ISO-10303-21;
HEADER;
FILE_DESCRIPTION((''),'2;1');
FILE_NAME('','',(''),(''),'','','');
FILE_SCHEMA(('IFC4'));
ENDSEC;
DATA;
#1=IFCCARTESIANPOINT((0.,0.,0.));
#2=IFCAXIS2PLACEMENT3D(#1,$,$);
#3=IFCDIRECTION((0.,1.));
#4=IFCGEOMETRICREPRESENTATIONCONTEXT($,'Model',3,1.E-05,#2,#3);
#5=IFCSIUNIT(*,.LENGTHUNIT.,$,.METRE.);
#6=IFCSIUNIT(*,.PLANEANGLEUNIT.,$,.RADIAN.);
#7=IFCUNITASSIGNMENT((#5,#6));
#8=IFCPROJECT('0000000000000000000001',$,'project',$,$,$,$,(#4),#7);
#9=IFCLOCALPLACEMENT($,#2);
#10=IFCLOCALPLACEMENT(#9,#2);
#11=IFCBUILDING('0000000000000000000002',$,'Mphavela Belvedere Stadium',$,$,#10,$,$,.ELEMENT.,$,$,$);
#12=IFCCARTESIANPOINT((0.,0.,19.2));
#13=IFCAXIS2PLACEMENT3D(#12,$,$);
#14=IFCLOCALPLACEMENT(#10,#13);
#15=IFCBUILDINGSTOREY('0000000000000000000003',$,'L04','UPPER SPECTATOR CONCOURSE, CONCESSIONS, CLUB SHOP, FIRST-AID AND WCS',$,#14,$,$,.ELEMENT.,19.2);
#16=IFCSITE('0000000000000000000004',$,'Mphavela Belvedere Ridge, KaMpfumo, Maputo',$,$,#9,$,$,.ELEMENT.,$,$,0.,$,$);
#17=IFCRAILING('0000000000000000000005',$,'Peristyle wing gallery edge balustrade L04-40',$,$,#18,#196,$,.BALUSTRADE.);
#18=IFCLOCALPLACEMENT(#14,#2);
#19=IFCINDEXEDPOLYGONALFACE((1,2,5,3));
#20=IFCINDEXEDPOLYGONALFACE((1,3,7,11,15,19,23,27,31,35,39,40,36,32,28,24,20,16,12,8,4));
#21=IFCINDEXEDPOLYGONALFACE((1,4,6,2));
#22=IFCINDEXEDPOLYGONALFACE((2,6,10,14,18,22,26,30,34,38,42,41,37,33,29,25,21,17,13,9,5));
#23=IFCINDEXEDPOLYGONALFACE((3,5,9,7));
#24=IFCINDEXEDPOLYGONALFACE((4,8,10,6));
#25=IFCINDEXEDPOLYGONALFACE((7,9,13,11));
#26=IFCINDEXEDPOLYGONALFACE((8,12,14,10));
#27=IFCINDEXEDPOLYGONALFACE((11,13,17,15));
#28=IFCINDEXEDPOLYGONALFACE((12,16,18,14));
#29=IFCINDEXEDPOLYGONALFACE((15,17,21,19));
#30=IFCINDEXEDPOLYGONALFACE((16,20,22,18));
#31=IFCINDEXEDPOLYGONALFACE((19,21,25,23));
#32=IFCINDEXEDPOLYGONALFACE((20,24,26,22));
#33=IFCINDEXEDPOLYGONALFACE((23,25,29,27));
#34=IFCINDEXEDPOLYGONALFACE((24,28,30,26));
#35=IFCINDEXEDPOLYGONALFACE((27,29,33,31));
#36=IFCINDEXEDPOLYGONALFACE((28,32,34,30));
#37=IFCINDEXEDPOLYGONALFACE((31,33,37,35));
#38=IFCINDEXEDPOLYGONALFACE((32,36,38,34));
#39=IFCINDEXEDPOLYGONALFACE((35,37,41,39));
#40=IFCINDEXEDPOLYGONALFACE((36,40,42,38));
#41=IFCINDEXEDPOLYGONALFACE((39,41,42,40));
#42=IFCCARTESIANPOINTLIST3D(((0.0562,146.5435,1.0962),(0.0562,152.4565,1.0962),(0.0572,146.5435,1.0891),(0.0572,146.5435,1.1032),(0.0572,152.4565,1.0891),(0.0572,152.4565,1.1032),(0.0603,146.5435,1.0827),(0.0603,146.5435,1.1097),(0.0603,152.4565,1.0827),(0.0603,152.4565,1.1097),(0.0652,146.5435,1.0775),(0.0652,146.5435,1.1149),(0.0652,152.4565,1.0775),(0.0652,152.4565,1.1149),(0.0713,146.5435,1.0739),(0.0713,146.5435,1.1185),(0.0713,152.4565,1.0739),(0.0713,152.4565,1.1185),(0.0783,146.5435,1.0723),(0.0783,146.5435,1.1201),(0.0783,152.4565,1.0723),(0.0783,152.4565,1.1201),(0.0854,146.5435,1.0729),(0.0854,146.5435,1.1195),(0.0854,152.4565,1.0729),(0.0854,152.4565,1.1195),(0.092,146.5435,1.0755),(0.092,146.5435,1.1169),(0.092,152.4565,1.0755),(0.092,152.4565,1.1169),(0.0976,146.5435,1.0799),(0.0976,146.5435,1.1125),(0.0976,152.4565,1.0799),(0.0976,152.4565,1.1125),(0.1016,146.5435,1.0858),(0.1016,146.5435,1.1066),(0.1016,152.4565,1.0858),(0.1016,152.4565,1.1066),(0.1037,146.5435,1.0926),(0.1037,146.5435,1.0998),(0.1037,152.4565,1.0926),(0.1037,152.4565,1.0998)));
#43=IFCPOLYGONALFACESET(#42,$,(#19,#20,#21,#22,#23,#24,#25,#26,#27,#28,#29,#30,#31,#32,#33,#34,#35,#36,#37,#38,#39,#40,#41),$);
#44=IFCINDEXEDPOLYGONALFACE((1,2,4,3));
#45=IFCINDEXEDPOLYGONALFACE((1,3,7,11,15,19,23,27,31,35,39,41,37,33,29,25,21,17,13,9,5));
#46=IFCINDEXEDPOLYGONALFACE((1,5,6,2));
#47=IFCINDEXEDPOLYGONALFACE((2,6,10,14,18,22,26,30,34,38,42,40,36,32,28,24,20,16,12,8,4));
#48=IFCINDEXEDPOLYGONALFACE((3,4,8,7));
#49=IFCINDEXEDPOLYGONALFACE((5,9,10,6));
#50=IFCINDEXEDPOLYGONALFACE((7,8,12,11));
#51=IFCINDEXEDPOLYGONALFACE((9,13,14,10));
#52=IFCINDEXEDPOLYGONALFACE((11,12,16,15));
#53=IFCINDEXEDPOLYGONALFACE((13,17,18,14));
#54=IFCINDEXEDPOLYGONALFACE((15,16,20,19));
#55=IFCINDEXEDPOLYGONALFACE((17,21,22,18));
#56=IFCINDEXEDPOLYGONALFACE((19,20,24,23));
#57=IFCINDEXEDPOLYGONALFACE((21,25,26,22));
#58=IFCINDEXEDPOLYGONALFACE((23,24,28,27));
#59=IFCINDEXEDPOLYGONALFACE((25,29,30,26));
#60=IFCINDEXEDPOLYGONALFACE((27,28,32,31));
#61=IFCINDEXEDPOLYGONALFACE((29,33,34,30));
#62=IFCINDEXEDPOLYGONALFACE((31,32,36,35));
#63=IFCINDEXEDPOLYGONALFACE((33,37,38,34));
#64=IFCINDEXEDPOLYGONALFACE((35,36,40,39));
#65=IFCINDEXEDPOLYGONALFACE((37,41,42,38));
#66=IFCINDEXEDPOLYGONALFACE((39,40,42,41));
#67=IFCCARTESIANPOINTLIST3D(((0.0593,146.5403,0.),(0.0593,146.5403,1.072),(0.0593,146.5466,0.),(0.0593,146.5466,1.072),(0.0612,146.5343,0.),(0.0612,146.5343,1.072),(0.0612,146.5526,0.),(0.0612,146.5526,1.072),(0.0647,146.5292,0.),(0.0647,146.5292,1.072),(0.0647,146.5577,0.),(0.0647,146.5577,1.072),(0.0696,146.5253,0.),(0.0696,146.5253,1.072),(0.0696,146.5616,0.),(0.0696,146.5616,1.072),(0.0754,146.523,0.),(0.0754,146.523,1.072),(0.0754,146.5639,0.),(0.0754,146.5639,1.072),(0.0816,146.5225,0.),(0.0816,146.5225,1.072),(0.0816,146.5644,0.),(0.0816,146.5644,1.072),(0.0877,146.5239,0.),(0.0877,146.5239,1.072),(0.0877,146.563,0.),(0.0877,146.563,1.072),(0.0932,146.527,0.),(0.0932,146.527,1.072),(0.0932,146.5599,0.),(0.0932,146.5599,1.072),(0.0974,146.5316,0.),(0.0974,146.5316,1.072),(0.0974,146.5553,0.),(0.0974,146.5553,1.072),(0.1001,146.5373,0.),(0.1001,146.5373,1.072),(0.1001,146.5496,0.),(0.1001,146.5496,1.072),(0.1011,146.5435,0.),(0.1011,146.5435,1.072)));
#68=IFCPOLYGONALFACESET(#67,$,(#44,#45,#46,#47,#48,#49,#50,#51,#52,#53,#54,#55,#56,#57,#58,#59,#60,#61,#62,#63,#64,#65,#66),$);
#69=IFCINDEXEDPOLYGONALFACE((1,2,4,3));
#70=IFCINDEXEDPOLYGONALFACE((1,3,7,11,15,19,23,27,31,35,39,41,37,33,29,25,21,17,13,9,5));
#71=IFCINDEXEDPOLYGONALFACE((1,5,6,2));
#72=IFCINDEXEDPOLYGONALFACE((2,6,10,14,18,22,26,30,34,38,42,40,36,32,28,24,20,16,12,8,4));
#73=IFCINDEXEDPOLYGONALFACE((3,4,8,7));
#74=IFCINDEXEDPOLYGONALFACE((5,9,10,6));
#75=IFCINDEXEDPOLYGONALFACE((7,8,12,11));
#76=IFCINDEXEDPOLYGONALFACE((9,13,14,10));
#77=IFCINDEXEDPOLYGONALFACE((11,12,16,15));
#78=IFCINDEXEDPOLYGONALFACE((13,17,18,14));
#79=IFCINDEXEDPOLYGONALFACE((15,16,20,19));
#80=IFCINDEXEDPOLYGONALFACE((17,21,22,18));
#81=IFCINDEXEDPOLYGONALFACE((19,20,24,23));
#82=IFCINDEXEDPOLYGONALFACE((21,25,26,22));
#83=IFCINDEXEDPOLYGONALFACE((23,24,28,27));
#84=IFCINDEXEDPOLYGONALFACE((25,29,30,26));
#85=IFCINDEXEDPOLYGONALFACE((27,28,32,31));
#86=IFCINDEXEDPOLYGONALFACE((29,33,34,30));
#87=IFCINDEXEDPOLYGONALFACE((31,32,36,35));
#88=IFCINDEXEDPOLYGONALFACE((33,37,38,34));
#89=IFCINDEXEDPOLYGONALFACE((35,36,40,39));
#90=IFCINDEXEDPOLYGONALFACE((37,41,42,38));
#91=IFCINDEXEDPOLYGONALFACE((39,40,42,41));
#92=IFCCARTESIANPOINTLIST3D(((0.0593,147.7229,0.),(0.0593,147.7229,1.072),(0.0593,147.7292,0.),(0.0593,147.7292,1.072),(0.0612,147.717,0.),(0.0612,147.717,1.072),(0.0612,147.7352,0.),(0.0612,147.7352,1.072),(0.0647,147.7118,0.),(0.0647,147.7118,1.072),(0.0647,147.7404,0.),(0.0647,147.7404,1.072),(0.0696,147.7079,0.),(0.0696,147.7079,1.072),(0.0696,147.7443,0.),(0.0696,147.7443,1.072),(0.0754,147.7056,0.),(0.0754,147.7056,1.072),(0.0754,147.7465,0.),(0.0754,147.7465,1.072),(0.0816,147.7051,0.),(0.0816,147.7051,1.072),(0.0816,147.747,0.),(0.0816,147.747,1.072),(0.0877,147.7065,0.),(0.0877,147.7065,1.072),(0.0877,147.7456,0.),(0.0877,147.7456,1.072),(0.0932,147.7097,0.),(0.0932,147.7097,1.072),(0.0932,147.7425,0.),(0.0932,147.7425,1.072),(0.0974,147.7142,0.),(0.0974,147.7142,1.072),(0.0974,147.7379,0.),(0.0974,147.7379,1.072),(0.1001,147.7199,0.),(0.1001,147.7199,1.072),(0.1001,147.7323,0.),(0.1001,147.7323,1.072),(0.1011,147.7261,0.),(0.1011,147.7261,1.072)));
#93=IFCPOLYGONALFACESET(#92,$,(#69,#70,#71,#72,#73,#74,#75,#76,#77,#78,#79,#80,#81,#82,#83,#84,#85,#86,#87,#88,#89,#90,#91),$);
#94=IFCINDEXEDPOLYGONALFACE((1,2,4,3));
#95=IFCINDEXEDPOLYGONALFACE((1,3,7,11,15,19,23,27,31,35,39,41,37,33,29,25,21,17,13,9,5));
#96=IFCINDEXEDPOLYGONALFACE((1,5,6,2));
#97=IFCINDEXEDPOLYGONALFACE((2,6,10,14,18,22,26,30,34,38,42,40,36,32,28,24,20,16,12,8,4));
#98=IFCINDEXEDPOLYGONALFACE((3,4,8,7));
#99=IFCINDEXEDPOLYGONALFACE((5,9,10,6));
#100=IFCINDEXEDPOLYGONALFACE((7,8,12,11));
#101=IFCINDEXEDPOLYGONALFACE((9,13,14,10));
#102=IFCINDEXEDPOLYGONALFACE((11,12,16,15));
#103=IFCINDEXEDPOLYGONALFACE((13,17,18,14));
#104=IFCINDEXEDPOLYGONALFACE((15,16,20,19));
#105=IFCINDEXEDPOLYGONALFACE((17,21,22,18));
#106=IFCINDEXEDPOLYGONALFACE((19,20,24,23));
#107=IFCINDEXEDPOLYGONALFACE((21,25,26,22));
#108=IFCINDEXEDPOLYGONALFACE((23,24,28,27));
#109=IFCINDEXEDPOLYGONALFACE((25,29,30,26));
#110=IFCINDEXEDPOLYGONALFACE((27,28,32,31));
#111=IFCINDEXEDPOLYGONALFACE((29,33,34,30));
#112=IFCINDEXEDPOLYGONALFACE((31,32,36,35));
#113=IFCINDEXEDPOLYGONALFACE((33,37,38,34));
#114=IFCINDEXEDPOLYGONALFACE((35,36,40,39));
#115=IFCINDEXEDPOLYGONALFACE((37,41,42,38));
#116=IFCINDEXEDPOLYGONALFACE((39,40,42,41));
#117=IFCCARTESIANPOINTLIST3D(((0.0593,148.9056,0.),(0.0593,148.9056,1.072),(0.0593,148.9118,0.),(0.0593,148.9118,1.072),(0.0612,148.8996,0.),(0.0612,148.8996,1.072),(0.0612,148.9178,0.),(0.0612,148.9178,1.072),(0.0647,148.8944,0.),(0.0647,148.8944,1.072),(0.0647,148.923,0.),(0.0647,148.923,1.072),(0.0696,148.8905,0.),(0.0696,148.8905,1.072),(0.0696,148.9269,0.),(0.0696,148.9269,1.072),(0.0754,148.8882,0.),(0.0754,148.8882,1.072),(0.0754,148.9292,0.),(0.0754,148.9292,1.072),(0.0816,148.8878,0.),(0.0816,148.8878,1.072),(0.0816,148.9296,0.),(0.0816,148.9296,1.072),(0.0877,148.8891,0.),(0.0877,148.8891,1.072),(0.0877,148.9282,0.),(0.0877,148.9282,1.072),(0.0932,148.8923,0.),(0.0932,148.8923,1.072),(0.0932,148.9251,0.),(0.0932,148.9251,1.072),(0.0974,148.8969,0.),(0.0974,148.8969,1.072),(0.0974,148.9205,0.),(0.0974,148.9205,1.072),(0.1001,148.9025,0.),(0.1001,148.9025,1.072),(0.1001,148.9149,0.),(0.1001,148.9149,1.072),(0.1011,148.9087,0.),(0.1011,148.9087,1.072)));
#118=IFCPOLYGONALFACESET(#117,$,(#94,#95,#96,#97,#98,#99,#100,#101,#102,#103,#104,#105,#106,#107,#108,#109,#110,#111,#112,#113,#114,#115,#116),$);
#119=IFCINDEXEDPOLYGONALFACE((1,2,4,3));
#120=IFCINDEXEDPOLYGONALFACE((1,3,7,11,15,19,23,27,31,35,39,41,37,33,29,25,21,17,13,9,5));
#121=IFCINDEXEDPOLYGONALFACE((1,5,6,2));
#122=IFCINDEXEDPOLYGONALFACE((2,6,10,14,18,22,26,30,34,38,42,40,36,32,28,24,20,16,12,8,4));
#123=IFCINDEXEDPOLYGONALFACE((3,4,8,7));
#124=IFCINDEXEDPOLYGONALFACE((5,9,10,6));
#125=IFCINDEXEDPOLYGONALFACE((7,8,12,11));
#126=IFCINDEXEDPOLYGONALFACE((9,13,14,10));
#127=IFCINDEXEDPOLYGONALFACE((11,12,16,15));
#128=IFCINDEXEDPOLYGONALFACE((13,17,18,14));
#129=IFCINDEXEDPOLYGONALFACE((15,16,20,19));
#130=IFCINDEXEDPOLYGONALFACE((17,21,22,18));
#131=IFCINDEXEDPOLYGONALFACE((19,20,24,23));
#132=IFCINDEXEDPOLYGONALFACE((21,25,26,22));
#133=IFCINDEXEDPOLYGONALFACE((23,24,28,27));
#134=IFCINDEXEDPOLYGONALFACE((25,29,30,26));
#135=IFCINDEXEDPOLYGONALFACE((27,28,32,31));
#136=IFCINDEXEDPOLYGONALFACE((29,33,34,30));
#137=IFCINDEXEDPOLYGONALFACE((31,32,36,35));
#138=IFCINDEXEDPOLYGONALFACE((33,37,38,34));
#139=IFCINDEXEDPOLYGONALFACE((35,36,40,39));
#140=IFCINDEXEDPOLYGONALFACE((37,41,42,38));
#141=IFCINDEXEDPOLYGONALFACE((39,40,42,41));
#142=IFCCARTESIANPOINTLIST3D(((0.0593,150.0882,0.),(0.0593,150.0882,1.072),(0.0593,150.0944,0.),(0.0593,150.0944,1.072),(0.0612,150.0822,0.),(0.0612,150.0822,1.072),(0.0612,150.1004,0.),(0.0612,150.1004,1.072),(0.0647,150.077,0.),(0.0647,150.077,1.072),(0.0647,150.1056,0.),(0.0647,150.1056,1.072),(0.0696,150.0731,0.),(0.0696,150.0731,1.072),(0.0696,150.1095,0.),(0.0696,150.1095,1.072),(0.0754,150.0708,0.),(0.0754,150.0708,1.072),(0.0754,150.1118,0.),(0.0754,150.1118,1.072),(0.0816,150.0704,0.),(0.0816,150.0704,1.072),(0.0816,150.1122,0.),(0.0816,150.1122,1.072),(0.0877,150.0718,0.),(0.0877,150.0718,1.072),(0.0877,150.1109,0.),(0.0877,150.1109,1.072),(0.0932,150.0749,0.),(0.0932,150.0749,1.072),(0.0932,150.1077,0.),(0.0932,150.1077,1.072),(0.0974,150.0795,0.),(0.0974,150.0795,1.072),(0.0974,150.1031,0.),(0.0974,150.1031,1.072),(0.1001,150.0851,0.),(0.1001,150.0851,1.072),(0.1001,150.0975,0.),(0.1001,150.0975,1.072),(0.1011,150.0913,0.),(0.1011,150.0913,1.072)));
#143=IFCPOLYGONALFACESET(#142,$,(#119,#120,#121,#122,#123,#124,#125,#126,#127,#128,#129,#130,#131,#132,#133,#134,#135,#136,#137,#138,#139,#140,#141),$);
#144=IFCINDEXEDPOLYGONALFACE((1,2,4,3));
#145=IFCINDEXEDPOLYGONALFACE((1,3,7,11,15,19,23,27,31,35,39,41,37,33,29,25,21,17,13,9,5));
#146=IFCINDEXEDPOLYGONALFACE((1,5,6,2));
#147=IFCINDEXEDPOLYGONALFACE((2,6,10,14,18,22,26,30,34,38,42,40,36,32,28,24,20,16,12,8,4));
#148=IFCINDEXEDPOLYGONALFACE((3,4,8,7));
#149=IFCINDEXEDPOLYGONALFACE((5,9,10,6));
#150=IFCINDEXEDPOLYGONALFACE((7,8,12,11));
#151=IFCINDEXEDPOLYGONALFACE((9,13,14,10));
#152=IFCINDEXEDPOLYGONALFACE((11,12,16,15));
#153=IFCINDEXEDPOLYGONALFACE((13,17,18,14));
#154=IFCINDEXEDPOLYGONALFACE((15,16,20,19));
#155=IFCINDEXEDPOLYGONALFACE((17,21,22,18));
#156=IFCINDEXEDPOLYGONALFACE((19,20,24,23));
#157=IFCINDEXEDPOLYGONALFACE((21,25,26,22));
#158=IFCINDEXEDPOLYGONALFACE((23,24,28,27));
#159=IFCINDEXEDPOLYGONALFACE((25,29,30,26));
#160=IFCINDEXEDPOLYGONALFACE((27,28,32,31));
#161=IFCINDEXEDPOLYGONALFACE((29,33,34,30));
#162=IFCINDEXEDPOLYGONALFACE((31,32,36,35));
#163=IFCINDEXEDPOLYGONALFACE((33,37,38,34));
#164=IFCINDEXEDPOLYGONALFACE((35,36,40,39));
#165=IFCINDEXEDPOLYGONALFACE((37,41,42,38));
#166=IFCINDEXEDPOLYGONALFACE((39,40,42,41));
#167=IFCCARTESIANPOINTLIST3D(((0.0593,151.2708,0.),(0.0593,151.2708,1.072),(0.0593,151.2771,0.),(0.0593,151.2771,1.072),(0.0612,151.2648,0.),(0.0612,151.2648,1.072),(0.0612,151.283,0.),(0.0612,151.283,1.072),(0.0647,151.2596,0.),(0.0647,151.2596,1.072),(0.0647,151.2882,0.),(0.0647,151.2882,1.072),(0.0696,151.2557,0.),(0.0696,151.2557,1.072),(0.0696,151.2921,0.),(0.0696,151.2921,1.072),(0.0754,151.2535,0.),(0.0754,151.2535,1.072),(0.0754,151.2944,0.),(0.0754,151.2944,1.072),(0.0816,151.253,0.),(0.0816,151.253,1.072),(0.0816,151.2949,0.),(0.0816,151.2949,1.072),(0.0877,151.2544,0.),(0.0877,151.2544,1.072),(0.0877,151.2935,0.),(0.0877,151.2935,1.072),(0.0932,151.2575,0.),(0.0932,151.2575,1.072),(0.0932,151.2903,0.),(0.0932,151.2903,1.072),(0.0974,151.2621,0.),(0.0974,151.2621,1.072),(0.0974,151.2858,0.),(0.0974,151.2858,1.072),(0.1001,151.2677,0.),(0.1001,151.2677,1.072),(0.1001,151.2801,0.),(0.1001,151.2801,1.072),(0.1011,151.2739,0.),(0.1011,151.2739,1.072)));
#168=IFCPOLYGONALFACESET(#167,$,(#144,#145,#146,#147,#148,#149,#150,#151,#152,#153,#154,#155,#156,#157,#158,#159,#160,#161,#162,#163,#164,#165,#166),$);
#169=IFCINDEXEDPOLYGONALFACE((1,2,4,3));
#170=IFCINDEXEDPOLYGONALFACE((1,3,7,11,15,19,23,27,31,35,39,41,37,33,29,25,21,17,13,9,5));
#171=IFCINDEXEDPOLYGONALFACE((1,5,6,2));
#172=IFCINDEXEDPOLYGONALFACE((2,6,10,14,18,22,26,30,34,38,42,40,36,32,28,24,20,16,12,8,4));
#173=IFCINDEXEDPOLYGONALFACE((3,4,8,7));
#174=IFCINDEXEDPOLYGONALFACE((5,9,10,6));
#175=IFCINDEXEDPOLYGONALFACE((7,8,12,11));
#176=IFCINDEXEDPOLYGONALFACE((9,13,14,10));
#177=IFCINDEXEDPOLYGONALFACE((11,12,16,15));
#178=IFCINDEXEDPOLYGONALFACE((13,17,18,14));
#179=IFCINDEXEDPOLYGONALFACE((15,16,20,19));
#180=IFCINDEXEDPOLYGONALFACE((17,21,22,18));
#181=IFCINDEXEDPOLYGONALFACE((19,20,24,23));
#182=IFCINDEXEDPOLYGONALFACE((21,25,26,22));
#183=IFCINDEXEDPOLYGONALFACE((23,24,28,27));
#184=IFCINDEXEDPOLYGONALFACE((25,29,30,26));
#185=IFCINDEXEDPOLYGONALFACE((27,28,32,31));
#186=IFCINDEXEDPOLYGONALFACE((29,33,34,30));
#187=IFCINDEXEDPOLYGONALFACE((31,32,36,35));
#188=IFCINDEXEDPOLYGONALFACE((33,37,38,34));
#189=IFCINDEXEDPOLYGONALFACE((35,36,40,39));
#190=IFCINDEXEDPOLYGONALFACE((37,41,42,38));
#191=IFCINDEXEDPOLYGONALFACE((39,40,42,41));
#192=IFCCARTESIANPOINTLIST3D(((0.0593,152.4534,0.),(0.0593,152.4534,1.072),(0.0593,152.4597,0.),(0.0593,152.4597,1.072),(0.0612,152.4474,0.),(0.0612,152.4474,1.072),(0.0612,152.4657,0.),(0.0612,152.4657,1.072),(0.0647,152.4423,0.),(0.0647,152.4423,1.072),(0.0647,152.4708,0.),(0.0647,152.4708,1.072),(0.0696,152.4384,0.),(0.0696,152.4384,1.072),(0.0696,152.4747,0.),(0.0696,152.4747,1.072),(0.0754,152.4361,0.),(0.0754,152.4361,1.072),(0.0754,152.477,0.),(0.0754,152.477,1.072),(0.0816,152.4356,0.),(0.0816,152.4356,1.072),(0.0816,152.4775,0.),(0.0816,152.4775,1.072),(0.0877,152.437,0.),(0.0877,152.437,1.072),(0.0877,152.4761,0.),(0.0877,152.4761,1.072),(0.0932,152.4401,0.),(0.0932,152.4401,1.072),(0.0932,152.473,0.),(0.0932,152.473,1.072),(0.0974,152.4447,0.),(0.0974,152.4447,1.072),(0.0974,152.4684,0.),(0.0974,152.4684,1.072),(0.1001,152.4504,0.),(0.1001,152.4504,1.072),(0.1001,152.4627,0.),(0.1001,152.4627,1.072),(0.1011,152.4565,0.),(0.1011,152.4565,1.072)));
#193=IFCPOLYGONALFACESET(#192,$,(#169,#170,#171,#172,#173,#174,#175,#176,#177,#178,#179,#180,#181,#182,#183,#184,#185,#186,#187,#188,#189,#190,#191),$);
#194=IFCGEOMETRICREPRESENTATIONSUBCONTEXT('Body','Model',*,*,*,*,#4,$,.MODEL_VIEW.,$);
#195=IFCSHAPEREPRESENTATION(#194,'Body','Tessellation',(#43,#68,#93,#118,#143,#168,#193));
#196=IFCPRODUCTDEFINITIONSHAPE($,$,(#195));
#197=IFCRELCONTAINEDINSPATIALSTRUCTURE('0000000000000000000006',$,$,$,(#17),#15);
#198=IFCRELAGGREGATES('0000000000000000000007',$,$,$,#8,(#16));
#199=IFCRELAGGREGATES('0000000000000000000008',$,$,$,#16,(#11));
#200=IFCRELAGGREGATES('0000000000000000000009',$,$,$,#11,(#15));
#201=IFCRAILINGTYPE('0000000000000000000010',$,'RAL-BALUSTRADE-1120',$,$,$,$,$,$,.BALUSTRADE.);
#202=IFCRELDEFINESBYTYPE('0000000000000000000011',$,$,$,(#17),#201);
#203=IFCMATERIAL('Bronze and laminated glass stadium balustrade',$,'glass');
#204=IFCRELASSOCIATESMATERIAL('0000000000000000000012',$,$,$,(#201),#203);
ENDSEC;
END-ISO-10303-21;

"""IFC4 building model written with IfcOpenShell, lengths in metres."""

from ifc_helpers import new_model, si_unit, direction, frame, origin, origin_2d, place, context, subcontext, project, spatial, circle, extrude, material, type_object, element, save


model = new_model("IFC4")

# Units and contexts
model_context = context("Model", 3, precision=1e-05, world=origin(), true_north=direction((0.0, 1.0)))
body_context = subcontext(model_context, "Body", "Model", "MODEL_VIEW")
ifc_project = project(units=[si_unit("LENGTHUNIT", "METRE"), si_unit("PLANEANGLEUNIT", "RADIAN")], contexts=[model_context])

# Site, building, storey
site_placement = place(None, origin())
site = spatial("IfcSite", under=ifc_project, at=site_placement, Name="Mphavela Belvedere Ridge, KaMpfumo, Maputo", CompositionType="ELEMENT", RefElevation=0.0)
building_placement = place(site_placement, origin())
building = spatial("IfcBuilding", under=site, at=building_placement, Name="Mphavela Belvedere Stadium", CompositionType="ELEMENT")
storey_placement = place(building_placement, frame((0.0, 0.0, 19.2)))
storey = spatial("IfcBuildingStorey", under=building, at=storey_placement, Name="L04", Description="UPPER SPECTATOR CONCOURSE, CONCESSIONS, CLUB SHOP, FIRST-AID AND WCS", CompositionType="ELEMENT", Elevation=19.2)

# Railing
ifc_material_1 = material(Name="Bronze and laminated glass stadium balustrade", Category="glass")
railing_type = type_object("IfcRailingType", Name="RAL-BALUSTRADE-1120", PredefinedType="BALUSTRADE", material=ifc_material_1)
for number, where, name in (
    (1, (0.0801, 146.5435, 0.0), "Peristyle wing gallery edge balustrade L04-40"),
):
    element("IfcRailing", number, at=place(storey_placement, frame(where)), inside=storey, type_object=railing_type, Name=name, PredefinedType="BALUSTRADE", context=body_context, shape_type="SweptSolid", body=[
        extrude(circle(Radius=0.0239, at=origin_2d()), frame((0.0, 0.0, 1.0962), z_axis=(0.0, 1.0, 0.0), x_axis=(-1.0, 0.0, 0.0)), (0.0, 0.0, 1.0), 5.9131),
        extrude(circle(Radius=0.021, at=origin_2d()), origin(), (0.0, 0.0, 1.0), 1.072),
        extrude(circle(Radius=0.021, at=origin_2d()), frame((0.0, 1.1826, 0.0)), (0.0, 0.0, 1.0), 1.072),
        extrude(circle(Radius=0.021, at=origin_2d()), frame((0.0, 2.3652, 0.0)), (0.0, 0.0, 1.0), 1.072),
        extrude(circle(Radius=0.021, at=origin_2d()), frame((0.0, 3.5479, 0.0)), (0.0, 0.0, 1.0), 1.072),
        extrude(circle(Radius=0.021, at=origin_2d()), frame((0.0, 4.7305, 0.0)), (0.0, 0.0, 1.0), 1.072),
        extrude(circle(Radius=0.021, at=origin_2d()), frame((0.0, 5.9131, 0.0)), (0.0, 0.0, 1.0), 1.072),
    ])

save(model, "model.ifc")
